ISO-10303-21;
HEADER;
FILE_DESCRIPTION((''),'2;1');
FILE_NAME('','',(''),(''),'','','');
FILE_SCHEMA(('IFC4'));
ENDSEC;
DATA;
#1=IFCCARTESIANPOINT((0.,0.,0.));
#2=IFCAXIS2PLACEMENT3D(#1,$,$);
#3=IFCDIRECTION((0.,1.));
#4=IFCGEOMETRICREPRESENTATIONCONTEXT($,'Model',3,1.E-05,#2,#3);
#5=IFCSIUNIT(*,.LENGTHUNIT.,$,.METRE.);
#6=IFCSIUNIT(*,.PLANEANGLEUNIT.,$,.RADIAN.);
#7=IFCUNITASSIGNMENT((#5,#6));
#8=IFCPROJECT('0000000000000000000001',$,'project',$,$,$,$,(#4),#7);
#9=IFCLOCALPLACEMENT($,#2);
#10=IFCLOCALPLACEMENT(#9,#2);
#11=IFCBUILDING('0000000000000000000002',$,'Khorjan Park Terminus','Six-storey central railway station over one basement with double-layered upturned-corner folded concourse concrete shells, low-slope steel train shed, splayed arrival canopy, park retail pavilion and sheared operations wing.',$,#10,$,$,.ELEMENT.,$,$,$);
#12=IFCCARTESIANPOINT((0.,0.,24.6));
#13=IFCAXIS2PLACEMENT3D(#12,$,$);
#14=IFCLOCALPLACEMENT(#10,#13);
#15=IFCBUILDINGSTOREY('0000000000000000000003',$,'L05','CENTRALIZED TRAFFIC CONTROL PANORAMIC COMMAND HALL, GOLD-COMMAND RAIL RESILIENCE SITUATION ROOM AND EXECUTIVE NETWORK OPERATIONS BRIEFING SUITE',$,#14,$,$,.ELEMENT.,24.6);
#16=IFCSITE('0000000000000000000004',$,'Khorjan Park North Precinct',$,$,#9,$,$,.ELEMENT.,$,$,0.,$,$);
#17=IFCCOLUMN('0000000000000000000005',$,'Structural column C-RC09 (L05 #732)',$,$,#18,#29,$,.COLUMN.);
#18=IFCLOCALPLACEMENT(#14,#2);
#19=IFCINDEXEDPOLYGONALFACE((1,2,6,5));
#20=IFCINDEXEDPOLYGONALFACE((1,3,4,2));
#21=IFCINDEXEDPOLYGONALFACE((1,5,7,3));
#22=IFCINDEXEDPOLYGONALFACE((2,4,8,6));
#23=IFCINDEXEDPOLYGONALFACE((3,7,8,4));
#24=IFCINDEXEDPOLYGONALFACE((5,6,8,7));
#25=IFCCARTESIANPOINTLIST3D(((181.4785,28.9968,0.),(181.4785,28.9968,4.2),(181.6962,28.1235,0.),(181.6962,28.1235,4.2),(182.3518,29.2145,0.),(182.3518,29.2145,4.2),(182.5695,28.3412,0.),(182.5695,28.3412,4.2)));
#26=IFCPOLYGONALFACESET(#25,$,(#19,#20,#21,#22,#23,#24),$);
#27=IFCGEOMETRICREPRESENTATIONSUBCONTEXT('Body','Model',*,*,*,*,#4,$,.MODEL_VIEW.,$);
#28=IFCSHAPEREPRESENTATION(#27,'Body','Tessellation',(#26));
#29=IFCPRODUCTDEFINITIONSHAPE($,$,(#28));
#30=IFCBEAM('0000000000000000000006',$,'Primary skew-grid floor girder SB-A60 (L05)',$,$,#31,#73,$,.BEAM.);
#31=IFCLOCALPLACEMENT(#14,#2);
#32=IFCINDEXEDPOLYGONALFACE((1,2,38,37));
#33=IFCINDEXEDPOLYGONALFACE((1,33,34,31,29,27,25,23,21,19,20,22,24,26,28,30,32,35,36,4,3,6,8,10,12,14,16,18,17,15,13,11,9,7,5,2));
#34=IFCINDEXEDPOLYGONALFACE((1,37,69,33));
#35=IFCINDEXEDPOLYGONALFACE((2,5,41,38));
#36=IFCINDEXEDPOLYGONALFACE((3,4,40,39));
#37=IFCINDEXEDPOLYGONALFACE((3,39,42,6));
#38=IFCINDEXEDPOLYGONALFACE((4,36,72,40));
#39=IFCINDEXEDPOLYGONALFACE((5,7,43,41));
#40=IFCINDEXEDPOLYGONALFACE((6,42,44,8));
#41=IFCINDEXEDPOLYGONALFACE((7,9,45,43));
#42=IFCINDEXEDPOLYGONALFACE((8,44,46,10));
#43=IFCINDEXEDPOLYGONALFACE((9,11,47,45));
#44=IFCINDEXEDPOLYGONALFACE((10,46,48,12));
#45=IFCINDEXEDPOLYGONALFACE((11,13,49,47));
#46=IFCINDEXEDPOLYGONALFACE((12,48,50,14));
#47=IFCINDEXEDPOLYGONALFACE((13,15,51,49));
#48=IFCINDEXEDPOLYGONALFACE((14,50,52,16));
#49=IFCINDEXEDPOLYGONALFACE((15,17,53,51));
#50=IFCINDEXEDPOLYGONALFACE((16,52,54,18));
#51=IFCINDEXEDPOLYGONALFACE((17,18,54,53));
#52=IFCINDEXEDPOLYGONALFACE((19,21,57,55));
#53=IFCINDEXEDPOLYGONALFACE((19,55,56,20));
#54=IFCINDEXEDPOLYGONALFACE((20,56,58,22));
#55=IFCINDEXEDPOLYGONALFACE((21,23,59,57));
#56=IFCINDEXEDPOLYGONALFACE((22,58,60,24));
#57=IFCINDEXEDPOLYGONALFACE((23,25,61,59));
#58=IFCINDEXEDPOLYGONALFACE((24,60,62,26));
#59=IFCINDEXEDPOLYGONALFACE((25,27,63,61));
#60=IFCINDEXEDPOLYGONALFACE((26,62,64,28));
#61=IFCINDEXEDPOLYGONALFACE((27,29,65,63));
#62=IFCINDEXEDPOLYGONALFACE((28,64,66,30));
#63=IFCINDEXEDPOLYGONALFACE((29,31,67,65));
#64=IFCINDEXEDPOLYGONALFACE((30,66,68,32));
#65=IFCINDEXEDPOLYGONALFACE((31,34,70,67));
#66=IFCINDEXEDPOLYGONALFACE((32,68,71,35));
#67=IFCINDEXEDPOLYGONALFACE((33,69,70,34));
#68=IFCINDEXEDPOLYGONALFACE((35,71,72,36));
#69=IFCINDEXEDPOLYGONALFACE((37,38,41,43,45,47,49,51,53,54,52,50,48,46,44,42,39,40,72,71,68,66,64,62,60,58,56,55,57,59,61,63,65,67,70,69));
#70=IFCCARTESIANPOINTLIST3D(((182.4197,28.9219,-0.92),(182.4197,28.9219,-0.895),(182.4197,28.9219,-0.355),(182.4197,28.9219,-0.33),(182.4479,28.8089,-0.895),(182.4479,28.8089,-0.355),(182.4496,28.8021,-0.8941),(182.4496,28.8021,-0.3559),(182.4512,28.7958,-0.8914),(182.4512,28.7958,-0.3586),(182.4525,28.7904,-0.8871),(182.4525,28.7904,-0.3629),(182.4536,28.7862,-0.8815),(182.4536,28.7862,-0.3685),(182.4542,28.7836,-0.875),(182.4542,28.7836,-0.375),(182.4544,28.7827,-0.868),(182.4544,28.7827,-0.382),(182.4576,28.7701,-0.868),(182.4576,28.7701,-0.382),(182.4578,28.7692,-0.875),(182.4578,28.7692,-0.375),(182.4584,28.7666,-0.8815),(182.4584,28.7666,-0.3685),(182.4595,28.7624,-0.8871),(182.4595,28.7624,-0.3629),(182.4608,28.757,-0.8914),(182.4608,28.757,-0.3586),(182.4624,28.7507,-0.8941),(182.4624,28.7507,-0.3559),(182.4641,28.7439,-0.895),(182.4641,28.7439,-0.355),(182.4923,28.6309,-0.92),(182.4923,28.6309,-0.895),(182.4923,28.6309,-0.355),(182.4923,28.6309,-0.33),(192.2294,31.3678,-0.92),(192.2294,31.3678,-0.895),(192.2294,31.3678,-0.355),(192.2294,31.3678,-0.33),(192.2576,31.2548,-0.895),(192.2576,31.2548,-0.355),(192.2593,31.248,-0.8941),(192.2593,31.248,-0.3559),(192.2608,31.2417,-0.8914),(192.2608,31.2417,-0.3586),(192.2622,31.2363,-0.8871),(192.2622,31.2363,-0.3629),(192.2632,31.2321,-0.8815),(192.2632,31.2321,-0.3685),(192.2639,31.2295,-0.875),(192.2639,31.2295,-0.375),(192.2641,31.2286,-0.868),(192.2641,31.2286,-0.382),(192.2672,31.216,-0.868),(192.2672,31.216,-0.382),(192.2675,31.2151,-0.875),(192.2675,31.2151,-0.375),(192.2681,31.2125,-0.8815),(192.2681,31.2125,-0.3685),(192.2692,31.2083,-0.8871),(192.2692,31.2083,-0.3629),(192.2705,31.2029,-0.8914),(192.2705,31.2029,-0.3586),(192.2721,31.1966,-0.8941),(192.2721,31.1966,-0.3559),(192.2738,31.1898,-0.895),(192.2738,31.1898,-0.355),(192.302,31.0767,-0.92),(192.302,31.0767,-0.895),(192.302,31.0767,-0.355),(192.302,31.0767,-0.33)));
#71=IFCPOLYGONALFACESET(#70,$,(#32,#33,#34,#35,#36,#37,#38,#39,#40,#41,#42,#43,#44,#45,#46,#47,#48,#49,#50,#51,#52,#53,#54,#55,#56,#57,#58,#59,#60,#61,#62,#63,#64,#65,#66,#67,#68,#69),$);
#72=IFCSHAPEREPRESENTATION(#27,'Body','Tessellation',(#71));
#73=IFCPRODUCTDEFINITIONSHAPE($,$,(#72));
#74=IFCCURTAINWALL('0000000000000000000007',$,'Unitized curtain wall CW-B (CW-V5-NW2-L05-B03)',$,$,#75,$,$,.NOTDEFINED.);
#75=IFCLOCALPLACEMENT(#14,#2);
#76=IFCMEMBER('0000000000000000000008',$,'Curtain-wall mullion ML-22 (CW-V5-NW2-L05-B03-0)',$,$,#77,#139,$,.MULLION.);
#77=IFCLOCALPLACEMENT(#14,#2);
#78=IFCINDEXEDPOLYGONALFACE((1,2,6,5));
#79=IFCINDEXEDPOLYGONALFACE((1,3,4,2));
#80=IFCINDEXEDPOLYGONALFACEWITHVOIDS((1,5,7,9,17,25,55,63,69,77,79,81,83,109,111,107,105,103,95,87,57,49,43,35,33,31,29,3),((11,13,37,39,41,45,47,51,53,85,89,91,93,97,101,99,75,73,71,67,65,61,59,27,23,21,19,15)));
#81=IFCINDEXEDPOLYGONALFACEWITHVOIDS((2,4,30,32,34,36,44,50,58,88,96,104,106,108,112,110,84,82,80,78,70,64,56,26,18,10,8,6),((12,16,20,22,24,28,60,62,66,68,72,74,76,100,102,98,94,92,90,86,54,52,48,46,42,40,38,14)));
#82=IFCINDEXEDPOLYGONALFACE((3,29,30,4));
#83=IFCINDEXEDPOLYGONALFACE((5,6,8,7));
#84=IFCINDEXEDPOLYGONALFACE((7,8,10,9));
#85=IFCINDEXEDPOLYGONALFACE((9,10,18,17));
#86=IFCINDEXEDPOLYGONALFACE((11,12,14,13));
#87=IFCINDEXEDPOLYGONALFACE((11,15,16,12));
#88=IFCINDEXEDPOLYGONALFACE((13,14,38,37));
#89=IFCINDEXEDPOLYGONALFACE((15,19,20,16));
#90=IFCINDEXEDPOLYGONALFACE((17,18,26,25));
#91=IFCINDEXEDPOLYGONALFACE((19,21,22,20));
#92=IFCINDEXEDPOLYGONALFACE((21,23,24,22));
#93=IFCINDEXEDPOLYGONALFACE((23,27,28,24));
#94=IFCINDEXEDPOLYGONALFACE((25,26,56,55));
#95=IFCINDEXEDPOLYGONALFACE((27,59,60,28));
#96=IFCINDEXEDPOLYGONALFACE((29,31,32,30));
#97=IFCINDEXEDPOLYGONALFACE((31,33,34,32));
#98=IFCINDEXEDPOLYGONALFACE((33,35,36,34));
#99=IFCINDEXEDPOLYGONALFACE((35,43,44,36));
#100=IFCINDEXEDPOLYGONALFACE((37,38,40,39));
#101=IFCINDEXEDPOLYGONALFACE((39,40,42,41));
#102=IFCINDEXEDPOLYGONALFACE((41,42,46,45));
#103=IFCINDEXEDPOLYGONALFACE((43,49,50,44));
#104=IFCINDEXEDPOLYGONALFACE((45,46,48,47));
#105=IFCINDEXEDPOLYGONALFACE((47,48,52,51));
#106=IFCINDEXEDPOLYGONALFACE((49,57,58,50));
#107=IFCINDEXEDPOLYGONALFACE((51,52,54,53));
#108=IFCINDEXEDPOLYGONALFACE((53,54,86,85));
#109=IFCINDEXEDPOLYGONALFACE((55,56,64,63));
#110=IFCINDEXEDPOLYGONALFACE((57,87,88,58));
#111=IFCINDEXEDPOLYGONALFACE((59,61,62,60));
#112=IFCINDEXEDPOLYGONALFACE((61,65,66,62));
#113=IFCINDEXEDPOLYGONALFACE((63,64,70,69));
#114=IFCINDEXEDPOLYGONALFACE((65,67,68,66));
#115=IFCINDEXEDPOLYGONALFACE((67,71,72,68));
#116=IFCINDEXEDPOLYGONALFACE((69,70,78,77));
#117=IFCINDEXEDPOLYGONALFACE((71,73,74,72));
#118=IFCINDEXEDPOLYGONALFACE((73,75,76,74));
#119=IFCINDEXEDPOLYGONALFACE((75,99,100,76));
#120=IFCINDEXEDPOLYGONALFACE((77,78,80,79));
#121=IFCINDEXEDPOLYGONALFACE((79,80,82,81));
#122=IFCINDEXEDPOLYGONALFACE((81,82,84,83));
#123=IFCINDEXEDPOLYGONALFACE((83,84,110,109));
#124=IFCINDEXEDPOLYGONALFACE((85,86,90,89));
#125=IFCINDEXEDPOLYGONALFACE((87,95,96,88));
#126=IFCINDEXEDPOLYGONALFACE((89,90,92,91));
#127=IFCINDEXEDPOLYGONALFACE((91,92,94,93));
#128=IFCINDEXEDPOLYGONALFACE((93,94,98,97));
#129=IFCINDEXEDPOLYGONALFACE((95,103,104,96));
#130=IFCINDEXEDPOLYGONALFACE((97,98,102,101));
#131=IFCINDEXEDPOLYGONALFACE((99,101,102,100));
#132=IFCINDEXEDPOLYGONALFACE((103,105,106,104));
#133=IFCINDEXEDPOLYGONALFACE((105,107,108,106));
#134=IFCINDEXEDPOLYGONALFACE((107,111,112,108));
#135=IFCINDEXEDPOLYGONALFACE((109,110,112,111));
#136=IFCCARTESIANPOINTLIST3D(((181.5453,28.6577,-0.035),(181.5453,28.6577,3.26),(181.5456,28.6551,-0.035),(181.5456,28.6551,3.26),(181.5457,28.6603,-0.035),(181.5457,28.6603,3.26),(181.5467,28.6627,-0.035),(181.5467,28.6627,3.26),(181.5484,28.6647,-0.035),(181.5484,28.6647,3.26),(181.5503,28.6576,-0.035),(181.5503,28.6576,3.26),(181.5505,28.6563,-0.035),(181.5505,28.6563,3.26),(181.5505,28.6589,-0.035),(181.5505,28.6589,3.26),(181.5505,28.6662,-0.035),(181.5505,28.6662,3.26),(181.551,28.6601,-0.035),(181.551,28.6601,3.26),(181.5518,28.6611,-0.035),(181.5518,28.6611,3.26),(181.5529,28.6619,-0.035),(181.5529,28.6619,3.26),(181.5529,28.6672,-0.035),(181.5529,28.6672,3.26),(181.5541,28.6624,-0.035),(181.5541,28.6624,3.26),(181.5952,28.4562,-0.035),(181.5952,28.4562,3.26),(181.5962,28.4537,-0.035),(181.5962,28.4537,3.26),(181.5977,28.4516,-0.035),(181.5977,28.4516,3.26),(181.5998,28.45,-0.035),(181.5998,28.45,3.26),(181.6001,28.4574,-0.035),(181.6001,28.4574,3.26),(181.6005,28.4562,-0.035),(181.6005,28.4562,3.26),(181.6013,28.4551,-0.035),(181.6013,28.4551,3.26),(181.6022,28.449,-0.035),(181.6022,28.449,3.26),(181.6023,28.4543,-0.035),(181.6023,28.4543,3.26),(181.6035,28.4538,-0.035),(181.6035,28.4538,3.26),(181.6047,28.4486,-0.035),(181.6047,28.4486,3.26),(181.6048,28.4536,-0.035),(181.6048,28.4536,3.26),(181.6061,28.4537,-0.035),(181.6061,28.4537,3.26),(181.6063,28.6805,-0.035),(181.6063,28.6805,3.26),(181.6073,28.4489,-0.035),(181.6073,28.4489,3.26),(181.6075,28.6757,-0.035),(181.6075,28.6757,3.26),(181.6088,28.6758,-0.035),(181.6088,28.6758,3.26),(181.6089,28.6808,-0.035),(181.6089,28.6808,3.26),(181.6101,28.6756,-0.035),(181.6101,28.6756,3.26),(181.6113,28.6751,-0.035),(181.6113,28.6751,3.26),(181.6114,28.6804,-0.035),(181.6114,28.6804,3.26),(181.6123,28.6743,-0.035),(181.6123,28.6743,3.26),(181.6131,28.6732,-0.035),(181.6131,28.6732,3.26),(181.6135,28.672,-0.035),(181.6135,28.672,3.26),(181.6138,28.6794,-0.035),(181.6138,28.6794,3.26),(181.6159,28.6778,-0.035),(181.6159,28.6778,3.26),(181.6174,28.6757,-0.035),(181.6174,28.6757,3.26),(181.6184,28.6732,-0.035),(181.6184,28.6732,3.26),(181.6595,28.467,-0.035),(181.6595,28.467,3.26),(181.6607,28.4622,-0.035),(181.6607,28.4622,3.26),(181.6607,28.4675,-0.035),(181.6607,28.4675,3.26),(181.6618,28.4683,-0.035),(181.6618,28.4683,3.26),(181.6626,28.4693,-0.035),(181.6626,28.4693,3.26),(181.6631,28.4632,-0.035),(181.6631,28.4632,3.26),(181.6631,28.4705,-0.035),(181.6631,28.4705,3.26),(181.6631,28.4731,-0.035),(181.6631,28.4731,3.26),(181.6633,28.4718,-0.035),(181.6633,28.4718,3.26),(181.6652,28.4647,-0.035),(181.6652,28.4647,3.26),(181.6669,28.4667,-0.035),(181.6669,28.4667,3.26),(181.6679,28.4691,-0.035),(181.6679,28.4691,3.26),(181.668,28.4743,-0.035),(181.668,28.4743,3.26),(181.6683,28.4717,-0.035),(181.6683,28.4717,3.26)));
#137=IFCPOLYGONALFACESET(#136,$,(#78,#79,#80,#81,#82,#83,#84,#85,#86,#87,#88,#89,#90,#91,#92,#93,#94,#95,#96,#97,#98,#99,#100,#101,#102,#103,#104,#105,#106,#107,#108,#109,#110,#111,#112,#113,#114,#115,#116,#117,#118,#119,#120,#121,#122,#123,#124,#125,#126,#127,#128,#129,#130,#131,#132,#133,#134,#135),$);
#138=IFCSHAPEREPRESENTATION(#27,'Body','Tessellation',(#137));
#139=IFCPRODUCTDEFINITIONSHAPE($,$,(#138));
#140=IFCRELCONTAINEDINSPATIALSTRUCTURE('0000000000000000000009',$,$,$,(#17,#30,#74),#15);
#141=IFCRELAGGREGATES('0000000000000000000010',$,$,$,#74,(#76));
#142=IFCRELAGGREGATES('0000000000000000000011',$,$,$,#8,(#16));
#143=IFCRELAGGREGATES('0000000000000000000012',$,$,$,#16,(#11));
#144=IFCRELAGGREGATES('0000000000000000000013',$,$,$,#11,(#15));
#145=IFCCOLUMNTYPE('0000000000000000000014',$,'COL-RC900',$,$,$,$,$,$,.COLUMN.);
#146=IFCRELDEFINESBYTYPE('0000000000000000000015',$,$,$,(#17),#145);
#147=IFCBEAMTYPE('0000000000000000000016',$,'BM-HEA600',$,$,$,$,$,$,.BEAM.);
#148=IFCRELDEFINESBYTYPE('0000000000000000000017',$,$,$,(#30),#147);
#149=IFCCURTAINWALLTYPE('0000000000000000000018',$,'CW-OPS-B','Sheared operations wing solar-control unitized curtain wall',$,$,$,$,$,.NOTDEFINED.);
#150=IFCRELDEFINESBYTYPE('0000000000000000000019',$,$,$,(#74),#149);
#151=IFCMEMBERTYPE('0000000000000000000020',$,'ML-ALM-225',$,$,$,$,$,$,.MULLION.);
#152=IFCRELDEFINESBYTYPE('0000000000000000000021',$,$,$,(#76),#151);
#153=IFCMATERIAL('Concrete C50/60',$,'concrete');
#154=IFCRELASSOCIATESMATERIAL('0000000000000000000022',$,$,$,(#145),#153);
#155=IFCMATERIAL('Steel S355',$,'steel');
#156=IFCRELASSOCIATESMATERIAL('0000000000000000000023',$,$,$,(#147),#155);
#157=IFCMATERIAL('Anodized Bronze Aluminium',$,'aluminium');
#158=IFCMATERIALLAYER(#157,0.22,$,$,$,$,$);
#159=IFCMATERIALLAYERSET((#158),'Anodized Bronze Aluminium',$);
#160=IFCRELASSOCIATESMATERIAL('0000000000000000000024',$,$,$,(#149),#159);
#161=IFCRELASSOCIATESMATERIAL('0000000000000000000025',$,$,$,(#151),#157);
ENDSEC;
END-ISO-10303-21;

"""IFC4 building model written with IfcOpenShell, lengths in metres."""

from ifc_helpers import new_model, si_unit, direction, frame, origin, origin_2d, place, context, subcontext, project, spatial, rectangle, hollow_rectangle, i_section, extrude, material, layer, layer_set, material_profile, profile_set, type_object, element, aggregate, save


model = new_model("IFC4")

# Units and contexts
model_context = context("Model", 3, precision=1e-05, world=origin(), true_north=direction((0.0, 1.0)))
body_context = subcontext(model_context, "Body", "Model", "MODEL_VIEW")
ifc_project = project(units=[si_unit("LENGTHUNIT", "METRE"), si_unit("PLANEANGLEUNIT", "RADIAN")], contexts=[model_context])

# Site, building, storey
site_placement = place(None, origin())
site = spatial("IfcSite", under=ifc_project, at=site_placement, Name="Khorjan Park North Precinct", CompositionType="ELEMENT", RefElevation=0.0)
building_placement = place(site_placement, origin())
building = spatial("IfcBuilding", under=site, at=building_placement, Name="Khorjan Park Terminus", Description="Six-storey central railway station over one basement with double-layered upturned-corner folded concourse concrete shells, low-slope steel train shed, splayed arrival canopy, park retail pavilion and sheared operations wing.", CompositionType="ELEMENT")
storey_placement = place(building_placement, frame((0.0, 0.0, 24.6)))
storey = spatial("IfcBuildingStorey", under=building, at=storey_placement, Name="L05", Description="CENTRALIZED TRAFFIC CONTROL PANORAMIC COMMAND HALL, GOLD-COMMAND RAIL RESILIENCE SITUATION ROOM AND EXECUTIVE NETWORK OPERATIONS BRIEFING SUITE", CompositionType="ELEMENT", Elevation=24.6)

# Column
ifc_material_1 = material(Name="Concrete C50/60", Category="concrete")
ifc_material_profile_1 = material_profile(ifc_material_1, rectangle(XDim=0.9, YDim=0.9, at=origin_2d()), Name="RC 900x900")
ifc_profile_set_1 = profile_set([ifc_material_profile_1], Name="Concrete C50/60")
column_type = type_object("IfcColumnType", Name="COL-RC900", PredefinedType="COLUMN", material=ifc_profile_set_1)
column_placement = place(storey_placement, frame((182.024, 28.669, 0.0), z_axis=(0.0, 0.0, 1.0), x_axis=(0.970296, 0.241922, 0.0)))
element("IfcColumn", 1, at=column_placement, inside=storey, type_object=column_type, Name="Structural column C-RC09 (L05 #732)", PredefinedType="COLUMN", context=body_context, shape_type="SweptSolid", body=[
    extrude(rectangle(XDim=0.9, YDim=0.9, at=origin_2d()), origin(), (0.0, 0.0, 1.0), 4.2),
])

# Beam
ifc_material_2 = material(Name="Steel S355", Category="steel")
ifc_material_profile_2 = material_profile(ifc_material_2, i_section(OverallWidth=0.3, OverallDepth=0.59, WebThickness=0.013, FlangeThickness=0.025, FilletRadius=0.027, at=origin_2d()), Name="HEA 600")
ifc_profile_set_2 = profile_set([ifc_material_profile_2], Name="Steel S355")
beam_type = type_object("IfcBeamType", Name="BM-HEA600", PredefinedType="BEAM", material=ifc_profile_set_2)
beam_placement = place(storey_placement, frame((182.456, 28.7764, -0.625), z_axis=(0.970294, 0.241928, 0.0), x_axis=(-0.241928, 0.970294, 0.0)))
element("IfcBeam", 2, at=beam_placement, inside=storey, type_object=beam_type, Name="Primary skew-grid floor girder SB-A60 (L05)", PredefinedType="BEAM", context=body_context, shape_type="SweptSolid", body=[
    extrude(i_section(OverallWidth=0.3, OverallDepth=0.59, WebThickness=0.013, FlangeThickness=0.025, FilletRadius=0.027, at=origin_2d()), origin(), (0.0, 0.0, 1.0), 10.11),
])

# Curtain wall, member
ifc_material_3 = material(Name="Anodized Bronze Aluminium", Category="aluminium")
ifc_layer_1 = layer(ifc_material_3, 0.22)
ifc_layer_set_1 = layer_set([ifc_layer_1], Name="Anodized Bronze Aluminium")
curtain_wall_type = type_object("IfcCurtainWallType", Name="CW-OPS-B", Description="Sheared operations wing solar-control unitized curtain wall", PredefinedType="NOTDEFINED", material=ifc_layer_set_1)
curtain_wall_placement = place(storey_placement, origin())
curtain_wall = element("IfcCurtainWall", 3, at=curtain_wall_placement, inside=storey, type_object=curtain_wall_type, Name="Unitized curtain wall CW-B (CW-V5-NW2-L05-B03)", PredefinedType="NOTDEFINED")
ifc_material_profile_3 = material_profile(ifc_material_3, hollow_rectangle(XDim=0.075, YDim=0.225, WallThickness=0.005, InnerFilletRadius=0.005, OuterFilletRadius=0.01, at=origin_2d()), Name="ALM 75x225x5")
ifc_profile_set_3 = profile_set([ifc_material_profile_3], Name="Anodized Bronze Aluminium")
member_type_1 = type_object("IfcMemberType", Name="ML-ALM-225", PredefinedType="MULLION", material=ifc_profile_set_3)
member_1_placement = place(storey_placement, frame((181.6068, 28.5647, -0.035), z_axis=(0.0, 0.0, 1.0), x_axis=(-0.970296, -0.241921, 0.0)))
member_1 = element("IfcMember", 4, at=member_1_placement, type_object=member_type_1, Name="Curtain-wall mullion ML-22 (CW-V5-NW2-L05-B03-0)", PredefinedType="MULLION", context=body_context, shape_type="SweptSolid", body=[
    extrude(hollow_rectangle(XDim=0.075, YDim=0.225, WallThickness=0.005, InnerFilletRadius=0.005, OuterFilletRadius=0.01, at=origin_2d()), origin(), (0.0, 0.0, 1.0), 3.295),
])
aggregate(curtain_wall, [member_1])

save(model, "model.ifc")
